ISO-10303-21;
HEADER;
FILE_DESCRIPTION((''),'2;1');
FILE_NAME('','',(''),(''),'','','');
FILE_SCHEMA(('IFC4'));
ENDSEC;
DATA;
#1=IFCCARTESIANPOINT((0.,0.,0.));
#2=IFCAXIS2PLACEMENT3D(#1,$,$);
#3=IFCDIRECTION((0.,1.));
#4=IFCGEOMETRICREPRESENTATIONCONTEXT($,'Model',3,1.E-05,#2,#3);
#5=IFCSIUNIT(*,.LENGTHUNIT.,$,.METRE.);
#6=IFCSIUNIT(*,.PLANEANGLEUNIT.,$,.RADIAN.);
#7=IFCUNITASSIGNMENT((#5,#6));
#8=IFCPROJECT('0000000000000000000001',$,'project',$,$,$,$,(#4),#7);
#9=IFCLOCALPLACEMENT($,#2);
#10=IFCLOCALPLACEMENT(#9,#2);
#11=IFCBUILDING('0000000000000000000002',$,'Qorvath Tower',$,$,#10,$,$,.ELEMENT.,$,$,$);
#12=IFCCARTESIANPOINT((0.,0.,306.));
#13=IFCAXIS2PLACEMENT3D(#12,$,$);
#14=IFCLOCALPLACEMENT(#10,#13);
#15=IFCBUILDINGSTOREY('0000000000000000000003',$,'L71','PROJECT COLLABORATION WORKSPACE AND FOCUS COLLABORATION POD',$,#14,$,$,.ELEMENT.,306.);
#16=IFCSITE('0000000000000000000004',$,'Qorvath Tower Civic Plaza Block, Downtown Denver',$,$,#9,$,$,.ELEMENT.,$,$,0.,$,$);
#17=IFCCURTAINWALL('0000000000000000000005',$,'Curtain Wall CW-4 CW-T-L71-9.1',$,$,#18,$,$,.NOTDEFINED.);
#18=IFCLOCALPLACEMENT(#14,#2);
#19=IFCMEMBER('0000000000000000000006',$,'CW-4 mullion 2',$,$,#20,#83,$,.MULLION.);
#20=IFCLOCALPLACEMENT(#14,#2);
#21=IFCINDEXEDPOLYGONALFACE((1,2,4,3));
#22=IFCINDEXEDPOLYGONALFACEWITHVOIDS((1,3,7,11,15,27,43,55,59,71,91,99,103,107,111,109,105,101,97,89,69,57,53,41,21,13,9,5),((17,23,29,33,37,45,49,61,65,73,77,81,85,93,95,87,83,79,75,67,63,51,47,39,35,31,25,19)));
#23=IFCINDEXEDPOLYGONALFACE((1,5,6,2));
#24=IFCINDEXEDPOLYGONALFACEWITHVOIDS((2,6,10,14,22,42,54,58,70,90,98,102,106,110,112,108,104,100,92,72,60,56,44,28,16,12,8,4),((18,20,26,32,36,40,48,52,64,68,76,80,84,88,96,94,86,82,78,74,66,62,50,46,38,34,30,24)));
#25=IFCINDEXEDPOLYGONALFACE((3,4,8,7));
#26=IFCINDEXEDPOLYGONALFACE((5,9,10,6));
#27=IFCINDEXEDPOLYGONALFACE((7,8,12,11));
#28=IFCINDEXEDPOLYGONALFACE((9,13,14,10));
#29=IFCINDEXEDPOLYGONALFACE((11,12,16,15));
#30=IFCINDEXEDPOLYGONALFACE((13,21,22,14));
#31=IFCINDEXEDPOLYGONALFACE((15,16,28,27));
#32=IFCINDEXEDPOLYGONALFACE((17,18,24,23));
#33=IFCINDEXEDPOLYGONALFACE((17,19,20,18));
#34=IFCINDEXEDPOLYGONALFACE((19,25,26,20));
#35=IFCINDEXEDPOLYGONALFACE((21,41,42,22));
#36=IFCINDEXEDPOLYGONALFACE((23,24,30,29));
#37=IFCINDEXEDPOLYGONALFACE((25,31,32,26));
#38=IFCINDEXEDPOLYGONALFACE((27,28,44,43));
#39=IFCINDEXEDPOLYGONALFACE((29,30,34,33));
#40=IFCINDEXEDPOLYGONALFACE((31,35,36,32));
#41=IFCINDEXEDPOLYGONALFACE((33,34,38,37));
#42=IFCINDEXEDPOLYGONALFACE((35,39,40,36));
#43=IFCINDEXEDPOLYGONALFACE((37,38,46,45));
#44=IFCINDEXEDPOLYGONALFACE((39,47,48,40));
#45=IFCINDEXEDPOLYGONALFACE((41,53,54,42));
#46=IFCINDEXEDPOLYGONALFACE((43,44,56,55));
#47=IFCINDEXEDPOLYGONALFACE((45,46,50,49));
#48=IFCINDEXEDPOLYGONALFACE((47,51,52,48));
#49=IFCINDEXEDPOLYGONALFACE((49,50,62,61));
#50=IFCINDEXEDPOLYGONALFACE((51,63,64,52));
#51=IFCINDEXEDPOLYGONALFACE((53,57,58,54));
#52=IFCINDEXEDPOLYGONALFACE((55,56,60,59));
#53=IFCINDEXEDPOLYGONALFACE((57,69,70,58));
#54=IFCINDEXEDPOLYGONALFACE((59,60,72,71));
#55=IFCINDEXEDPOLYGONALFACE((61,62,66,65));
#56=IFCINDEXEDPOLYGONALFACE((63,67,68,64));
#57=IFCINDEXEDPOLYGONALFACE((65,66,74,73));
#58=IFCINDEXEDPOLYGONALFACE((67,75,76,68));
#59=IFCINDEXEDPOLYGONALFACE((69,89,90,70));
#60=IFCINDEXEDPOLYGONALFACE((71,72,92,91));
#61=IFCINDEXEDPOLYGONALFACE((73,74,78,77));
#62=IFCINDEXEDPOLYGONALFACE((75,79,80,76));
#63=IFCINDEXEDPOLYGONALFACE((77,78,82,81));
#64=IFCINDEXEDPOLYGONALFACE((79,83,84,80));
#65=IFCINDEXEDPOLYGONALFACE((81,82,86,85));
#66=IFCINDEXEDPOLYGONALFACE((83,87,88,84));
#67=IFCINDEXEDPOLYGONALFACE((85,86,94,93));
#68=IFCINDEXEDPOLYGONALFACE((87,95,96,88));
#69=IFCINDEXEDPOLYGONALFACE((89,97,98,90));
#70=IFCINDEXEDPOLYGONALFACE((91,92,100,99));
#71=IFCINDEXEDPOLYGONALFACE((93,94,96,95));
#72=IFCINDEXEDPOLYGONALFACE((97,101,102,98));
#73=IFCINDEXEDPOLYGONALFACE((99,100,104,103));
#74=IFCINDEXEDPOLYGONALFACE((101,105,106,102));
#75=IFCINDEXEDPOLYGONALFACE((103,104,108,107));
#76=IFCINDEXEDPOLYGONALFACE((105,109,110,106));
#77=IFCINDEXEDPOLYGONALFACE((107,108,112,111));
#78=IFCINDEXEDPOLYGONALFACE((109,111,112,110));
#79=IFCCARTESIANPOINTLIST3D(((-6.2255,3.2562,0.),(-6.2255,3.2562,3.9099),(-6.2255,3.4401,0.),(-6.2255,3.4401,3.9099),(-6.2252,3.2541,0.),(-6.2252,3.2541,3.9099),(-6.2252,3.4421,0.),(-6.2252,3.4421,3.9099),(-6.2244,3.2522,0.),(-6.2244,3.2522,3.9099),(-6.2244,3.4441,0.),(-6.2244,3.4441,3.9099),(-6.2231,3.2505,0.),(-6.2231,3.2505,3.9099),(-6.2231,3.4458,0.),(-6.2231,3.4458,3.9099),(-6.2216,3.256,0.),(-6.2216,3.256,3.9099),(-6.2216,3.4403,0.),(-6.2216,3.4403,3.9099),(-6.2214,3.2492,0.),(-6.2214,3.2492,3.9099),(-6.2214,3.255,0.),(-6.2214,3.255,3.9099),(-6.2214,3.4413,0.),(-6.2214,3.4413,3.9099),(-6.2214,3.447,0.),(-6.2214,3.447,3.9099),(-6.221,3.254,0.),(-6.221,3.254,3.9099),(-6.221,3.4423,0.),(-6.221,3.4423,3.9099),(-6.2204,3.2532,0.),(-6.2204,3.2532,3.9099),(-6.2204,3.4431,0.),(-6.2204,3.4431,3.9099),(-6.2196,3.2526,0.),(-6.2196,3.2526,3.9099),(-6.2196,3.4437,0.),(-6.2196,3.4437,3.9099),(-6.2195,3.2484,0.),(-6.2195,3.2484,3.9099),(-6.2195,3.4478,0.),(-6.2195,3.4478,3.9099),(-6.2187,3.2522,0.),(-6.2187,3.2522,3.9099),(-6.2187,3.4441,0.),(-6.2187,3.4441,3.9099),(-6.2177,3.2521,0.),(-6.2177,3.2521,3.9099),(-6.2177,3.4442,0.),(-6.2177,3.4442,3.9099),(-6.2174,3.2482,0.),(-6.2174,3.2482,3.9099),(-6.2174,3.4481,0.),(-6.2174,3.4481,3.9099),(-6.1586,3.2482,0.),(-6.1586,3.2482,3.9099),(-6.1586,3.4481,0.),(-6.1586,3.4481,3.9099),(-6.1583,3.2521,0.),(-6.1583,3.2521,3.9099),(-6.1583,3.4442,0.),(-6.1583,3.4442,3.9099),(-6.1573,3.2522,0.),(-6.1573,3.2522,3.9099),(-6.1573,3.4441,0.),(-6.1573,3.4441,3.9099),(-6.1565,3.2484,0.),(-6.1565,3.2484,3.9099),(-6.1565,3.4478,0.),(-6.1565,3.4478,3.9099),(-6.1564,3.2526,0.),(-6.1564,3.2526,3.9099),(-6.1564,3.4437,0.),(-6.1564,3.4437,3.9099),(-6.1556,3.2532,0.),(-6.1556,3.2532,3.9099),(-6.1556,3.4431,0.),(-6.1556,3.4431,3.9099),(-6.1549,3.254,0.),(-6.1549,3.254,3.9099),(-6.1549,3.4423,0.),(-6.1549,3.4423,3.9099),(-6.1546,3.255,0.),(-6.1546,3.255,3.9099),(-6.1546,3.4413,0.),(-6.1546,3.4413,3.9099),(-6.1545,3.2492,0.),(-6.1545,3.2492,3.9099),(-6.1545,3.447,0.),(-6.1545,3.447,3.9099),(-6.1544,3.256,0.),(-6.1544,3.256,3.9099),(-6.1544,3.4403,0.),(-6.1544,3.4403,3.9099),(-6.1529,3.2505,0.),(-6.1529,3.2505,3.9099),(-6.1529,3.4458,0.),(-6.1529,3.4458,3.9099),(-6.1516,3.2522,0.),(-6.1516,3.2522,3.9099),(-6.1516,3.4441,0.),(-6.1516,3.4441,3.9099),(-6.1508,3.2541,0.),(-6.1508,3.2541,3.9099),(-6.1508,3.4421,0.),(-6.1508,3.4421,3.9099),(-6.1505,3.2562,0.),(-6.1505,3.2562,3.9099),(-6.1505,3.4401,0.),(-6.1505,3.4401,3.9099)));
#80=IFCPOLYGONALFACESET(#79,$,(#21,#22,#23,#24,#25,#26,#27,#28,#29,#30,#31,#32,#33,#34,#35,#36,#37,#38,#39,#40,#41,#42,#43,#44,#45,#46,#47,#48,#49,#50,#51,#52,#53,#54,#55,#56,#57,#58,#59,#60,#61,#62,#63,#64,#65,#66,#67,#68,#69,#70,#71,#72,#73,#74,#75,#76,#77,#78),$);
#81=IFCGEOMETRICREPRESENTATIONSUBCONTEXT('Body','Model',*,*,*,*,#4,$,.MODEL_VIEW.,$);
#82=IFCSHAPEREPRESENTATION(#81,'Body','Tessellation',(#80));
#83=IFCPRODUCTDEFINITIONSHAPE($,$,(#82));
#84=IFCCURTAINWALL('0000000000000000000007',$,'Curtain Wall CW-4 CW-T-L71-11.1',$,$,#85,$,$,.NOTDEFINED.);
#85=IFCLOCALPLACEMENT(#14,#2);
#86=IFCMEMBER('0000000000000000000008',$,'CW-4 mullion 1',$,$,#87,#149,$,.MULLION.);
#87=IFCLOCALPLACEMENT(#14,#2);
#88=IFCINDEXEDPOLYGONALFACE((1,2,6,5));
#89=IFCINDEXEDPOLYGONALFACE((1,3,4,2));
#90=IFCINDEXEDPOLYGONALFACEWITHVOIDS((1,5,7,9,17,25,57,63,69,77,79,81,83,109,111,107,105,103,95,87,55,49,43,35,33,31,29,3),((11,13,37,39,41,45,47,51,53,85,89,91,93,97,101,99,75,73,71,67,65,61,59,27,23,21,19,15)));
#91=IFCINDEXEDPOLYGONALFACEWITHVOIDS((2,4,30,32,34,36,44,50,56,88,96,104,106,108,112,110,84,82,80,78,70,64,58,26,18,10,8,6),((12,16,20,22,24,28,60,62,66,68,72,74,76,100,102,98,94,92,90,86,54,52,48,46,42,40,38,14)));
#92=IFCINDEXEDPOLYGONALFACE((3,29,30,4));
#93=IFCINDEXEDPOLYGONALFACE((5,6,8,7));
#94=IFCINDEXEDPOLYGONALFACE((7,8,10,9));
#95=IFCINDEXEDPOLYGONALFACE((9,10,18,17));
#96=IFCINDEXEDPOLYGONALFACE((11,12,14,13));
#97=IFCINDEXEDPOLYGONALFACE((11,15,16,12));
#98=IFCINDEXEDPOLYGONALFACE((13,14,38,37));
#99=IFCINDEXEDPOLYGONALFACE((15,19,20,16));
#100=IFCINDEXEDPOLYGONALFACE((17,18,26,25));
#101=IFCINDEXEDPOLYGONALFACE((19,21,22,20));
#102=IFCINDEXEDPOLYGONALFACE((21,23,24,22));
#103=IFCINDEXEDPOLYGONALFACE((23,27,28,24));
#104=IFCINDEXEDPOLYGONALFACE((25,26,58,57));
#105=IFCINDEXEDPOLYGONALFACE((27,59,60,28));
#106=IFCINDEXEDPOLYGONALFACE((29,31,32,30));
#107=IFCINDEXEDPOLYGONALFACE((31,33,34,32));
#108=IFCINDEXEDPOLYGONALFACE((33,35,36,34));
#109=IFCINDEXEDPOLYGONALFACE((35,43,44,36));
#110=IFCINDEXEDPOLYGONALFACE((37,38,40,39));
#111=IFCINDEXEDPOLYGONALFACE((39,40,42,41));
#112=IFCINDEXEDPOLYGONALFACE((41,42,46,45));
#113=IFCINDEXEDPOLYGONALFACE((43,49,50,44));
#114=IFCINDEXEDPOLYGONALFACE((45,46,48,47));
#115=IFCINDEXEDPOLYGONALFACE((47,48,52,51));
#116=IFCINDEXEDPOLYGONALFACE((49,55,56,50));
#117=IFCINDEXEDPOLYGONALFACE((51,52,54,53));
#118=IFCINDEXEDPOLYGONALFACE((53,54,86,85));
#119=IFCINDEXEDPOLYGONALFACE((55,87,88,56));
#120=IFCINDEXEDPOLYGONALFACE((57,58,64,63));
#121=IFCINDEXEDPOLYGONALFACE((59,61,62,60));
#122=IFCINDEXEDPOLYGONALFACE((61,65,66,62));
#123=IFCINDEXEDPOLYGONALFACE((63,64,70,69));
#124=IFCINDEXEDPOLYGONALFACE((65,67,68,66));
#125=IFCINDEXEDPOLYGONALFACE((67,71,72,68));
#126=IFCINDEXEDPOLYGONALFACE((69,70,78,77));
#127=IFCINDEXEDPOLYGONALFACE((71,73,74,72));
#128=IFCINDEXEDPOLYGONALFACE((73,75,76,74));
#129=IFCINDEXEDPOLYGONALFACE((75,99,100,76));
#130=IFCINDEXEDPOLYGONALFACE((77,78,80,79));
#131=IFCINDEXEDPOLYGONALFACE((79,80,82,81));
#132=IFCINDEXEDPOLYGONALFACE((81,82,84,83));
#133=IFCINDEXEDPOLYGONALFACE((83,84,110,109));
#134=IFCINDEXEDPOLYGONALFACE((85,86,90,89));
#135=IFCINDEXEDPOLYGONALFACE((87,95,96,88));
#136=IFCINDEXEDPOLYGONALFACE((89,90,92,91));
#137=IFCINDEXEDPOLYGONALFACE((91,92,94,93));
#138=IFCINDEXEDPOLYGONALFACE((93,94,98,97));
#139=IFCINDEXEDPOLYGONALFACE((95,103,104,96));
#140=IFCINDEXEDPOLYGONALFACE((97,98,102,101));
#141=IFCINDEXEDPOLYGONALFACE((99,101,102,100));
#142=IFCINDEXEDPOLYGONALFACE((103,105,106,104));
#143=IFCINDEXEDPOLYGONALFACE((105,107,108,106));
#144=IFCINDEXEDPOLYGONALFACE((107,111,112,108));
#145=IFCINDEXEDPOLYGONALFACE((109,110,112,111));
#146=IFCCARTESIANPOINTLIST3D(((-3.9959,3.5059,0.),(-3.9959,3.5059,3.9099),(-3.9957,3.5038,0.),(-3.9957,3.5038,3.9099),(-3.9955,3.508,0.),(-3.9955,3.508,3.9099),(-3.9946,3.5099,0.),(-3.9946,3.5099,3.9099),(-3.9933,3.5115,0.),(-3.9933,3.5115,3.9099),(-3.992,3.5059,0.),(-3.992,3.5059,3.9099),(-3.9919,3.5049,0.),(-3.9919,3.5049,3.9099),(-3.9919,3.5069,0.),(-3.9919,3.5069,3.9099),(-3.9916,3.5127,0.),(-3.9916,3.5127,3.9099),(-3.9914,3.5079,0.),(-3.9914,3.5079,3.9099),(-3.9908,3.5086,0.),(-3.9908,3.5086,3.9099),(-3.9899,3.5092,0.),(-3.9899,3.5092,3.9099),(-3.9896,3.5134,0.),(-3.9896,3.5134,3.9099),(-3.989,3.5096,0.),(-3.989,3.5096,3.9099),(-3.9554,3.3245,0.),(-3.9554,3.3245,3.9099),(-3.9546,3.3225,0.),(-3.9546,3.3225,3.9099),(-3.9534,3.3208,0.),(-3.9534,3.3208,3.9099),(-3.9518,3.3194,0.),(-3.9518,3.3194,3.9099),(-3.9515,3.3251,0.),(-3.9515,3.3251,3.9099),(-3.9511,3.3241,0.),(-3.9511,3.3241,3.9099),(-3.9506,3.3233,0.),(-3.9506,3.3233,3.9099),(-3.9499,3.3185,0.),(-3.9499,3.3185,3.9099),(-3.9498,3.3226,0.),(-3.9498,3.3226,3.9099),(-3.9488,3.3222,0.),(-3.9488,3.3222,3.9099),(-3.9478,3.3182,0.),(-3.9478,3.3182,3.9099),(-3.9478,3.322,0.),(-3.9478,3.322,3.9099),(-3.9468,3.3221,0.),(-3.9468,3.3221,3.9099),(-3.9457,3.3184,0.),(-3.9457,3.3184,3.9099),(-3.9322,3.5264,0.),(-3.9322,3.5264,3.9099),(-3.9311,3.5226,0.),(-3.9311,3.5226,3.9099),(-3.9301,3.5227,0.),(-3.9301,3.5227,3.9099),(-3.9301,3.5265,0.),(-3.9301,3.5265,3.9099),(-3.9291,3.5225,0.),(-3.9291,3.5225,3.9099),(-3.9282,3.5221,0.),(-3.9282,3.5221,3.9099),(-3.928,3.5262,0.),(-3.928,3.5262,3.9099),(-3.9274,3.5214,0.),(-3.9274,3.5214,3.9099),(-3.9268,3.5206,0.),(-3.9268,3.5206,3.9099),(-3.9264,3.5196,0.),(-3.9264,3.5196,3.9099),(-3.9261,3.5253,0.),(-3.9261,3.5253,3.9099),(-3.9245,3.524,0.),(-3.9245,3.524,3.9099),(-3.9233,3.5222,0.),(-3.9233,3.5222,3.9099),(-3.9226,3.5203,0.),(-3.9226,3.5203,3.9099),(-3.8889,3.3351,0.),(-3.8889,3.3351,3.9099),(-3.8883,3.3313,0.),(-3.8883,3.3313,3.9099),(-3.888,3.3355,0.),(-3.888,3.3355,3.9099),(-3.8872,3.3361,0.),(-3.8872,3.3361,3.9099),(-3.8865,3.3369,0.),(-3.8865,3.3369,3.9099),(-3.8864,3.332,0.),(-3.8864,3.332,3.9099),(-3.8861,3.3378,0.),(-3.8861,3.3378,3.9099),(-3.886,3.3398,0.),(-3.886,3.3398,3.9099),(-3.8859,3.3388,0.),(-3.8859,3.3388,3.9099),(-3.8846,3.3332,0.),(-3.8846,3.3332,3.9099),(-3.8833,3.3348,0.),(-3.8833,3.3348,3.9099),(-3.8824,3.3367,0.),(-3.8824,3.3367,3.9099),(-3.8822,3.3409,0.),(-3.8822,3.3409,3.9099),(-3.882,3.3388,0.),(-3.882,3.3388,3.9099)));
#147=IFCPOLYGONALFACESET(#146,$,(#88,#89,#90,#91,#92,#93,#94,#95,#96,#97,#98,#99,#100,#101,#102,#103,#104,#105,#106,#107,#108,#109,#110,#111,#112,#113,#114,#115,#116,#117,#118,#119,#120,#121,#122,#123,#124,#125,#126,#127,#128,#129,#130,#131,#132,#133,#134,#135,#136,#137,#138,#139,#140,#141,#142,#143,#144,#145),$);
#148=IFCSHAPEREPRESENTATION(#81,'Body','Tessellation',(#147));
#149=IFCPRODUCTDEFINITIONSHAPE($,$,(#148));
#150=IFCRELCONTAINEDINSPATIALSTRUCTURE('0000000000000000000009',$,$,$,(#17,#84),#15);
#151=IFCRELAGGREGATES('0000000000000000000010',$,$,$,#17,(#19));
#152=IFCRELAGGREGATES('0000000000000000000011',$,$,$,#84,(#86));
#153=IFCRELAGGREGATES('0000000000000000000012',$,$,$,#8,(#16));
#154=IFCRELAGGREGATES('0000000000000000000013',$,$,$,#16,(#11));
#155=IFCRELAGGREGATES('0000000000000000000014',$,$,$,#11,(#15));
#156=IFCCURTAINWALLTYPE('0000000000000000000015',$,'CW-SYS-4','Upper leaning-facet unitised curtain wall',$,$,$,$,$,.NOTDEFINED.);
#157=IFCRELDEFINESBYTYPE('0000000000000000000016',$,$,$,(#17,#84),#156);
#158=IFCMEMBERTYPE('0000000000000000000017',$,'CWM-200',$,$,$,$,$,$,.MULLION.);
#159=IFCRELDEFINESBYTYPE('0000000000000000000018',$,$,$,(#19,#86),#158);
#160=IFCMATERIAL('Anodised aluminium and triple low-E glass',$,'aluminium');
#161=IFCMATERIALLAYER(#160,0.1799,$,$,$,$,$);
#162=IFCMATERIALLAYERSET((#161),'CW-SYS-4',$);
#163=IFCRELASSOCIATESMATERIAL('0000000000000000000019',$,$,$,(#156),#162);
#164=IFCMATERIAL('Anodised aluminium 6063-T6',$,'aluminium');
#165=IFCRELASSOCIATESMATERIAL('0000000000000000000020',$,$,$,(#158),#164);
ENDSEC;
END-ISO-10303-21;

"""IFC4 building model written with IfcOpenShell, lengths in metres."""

from ifc_helpers import new_model, si_unit, direction, frame, origin, origin_2d, place, context, subcontext, project, spatial, hollow_rectangle, extrude, material, layer, layer_set, material_profile, profile_set, type_object, element, aggregate, save


model = new_model("IFC4")

# Units and contexts
model_context = context("Model", 3, precision=1e-05, world=origin(), true_north=direction((0.0, 1.0)))
body_context = subcontext(model_context, "Body", "Model", "MODEL_VIEW")
ifc_project = project(units=[si_unit("LENGTHUNIT", "METRE"), si_unit("PLANEANGLEUNIT", "RADIAN")], contexts=[model_context])

# Site, building, storey
site_placement = place(None, origin())
site = spatial("IfcSite", under=ifc_project, at=site_placement, Name="Qorvath Tower Civic Plaza Block, Downtown Denver", CompositionType="ELEMENT", RefElevation=0.0)
building_placement = place(site_placement, origin())
building = spatial("IfcBuilding", under=site, at=building_placement, Name="Qorvath Tower", CompositionType="ELEMENT")
storey_placement = place(building_placement, frame((0.0, 0.0, 306.0)))
storey = spatial("IfcBuildingStorey", under=building, at=storey_placement, Name="L71", Description="PROJECT COLLABORATION WORKSPACE AND FOCUS COLLABORATION POD", CompositionType="ELEMENT", Elevation=306.0)

# Curtain wall, member
ifc_material_1 = material(Name="Anodised aluminium and triple low-E glass", Category="aluminium")
ifc_layer_1 = layer(ifc_material_1, 0.1799)
ifc_layer_set_1 = layer_set([ifc_layer_1], Name="CW-SYS-4")
curtain_wall_type = type_object("IfcCurtainWallType", Name="CW-SYS-4", Description="Upper leaning-facet unitised curtain wall", PredefinedType="NOTDEFINED", material=ifc_layer_set_1)
curtain_wall_1_placement = place(storey_placement, origin())
curtain_wall_1 = element("IfcCurtainWall", 1, at=curtain_wall_1_placement, inside=storey, type_object=curtain_wall_type, Name="Curtain Wall CW-4 CW-T-L71-9.1", PredefinedType="NOTDEFINED")
ifc_material_2 = material(Name="Anodised aluminium 6063-T6", Category="aluminium")
ifc_material_profile_1 = material_profile(ifc_material_2, hollow_rectangle(XDim=0.075, YDim=0.2, WallThickness=0.0039, InnerFilletRadius=0.0039, OuterFilletRadius=0.0081, at=origin_2d()), Name="CWM 200x75")
ifc_profile_set_1 = profile_set([ifc_material_profile_1], Name="Anodised aluminium 6063-T6")
member_type_1 = type_object("IfcMemberType", Name="CWM-200", PredefinedType="MULLION", material=ifc_profile_set_1)
member_1_placement = place(storey_placement, frame((-6.188, 3.3481, 0.0), z_axis=(0.0, 0.0, 1.0), x_axis=(-1.0, 0.0, 0.0)))
member_1 = element("IfcMember", 2, at=member_1_placement, type_object=member_type_1, Name="CW-4 mullion 2", PredefinedType="MULLION", context=body_context, shape_type="SweptSolid", body=[
    extrude(hollow_rectangle(XDim=0.075, YDim=0.2, WallThickness=0.0039, InnerFilletRadius=0.0039, OuterFilletRadius=0.0081, at=origin_2d()), origin(), (0.0, 0.0, 1.0), 3.9099),
])
aggregate(curtain_wall_1, [member_1])

# Curtain wall, member
curtain_wall_2_placement = place(storey_placement, origin())
curtain_wall_2 = element("IfcCurtainWall", 3, at=curtain_wall_2_placement, inside=storey, type_object=curtain_wall_type, Name="Curtain Wall CW-4 CW-T-L71-11.1", PredefinedType="NOTDEFINED")
member_2_placement = place(storey_placement, frame((-3.939, 3.4224, 0.0), z_axis=(0.0, 0.0, 1.0), x_axis=(-0.975634, -0.219402, 0.0)))
member_2 = element("IfcMember", 4, at=member_2_placement, type_object=member_type_1, Name="CW-4 mullion 1", PredefinedType="MULLION", context=body_context, shape_type="SweptSolid", body=[
    extrude(hollow_rectangle(XDim=0.075, YDim=0.2, WallThickness=0.0039, InnerFilletRadius=0.0039, OuterFilletRadius=0.0081, at=origin_2d()), origin(), (0.0, 0.0, 1.0), 3.9099),
])
aggregate(curtain_wall_2, [member_2])

save(model, "model.ifc")
